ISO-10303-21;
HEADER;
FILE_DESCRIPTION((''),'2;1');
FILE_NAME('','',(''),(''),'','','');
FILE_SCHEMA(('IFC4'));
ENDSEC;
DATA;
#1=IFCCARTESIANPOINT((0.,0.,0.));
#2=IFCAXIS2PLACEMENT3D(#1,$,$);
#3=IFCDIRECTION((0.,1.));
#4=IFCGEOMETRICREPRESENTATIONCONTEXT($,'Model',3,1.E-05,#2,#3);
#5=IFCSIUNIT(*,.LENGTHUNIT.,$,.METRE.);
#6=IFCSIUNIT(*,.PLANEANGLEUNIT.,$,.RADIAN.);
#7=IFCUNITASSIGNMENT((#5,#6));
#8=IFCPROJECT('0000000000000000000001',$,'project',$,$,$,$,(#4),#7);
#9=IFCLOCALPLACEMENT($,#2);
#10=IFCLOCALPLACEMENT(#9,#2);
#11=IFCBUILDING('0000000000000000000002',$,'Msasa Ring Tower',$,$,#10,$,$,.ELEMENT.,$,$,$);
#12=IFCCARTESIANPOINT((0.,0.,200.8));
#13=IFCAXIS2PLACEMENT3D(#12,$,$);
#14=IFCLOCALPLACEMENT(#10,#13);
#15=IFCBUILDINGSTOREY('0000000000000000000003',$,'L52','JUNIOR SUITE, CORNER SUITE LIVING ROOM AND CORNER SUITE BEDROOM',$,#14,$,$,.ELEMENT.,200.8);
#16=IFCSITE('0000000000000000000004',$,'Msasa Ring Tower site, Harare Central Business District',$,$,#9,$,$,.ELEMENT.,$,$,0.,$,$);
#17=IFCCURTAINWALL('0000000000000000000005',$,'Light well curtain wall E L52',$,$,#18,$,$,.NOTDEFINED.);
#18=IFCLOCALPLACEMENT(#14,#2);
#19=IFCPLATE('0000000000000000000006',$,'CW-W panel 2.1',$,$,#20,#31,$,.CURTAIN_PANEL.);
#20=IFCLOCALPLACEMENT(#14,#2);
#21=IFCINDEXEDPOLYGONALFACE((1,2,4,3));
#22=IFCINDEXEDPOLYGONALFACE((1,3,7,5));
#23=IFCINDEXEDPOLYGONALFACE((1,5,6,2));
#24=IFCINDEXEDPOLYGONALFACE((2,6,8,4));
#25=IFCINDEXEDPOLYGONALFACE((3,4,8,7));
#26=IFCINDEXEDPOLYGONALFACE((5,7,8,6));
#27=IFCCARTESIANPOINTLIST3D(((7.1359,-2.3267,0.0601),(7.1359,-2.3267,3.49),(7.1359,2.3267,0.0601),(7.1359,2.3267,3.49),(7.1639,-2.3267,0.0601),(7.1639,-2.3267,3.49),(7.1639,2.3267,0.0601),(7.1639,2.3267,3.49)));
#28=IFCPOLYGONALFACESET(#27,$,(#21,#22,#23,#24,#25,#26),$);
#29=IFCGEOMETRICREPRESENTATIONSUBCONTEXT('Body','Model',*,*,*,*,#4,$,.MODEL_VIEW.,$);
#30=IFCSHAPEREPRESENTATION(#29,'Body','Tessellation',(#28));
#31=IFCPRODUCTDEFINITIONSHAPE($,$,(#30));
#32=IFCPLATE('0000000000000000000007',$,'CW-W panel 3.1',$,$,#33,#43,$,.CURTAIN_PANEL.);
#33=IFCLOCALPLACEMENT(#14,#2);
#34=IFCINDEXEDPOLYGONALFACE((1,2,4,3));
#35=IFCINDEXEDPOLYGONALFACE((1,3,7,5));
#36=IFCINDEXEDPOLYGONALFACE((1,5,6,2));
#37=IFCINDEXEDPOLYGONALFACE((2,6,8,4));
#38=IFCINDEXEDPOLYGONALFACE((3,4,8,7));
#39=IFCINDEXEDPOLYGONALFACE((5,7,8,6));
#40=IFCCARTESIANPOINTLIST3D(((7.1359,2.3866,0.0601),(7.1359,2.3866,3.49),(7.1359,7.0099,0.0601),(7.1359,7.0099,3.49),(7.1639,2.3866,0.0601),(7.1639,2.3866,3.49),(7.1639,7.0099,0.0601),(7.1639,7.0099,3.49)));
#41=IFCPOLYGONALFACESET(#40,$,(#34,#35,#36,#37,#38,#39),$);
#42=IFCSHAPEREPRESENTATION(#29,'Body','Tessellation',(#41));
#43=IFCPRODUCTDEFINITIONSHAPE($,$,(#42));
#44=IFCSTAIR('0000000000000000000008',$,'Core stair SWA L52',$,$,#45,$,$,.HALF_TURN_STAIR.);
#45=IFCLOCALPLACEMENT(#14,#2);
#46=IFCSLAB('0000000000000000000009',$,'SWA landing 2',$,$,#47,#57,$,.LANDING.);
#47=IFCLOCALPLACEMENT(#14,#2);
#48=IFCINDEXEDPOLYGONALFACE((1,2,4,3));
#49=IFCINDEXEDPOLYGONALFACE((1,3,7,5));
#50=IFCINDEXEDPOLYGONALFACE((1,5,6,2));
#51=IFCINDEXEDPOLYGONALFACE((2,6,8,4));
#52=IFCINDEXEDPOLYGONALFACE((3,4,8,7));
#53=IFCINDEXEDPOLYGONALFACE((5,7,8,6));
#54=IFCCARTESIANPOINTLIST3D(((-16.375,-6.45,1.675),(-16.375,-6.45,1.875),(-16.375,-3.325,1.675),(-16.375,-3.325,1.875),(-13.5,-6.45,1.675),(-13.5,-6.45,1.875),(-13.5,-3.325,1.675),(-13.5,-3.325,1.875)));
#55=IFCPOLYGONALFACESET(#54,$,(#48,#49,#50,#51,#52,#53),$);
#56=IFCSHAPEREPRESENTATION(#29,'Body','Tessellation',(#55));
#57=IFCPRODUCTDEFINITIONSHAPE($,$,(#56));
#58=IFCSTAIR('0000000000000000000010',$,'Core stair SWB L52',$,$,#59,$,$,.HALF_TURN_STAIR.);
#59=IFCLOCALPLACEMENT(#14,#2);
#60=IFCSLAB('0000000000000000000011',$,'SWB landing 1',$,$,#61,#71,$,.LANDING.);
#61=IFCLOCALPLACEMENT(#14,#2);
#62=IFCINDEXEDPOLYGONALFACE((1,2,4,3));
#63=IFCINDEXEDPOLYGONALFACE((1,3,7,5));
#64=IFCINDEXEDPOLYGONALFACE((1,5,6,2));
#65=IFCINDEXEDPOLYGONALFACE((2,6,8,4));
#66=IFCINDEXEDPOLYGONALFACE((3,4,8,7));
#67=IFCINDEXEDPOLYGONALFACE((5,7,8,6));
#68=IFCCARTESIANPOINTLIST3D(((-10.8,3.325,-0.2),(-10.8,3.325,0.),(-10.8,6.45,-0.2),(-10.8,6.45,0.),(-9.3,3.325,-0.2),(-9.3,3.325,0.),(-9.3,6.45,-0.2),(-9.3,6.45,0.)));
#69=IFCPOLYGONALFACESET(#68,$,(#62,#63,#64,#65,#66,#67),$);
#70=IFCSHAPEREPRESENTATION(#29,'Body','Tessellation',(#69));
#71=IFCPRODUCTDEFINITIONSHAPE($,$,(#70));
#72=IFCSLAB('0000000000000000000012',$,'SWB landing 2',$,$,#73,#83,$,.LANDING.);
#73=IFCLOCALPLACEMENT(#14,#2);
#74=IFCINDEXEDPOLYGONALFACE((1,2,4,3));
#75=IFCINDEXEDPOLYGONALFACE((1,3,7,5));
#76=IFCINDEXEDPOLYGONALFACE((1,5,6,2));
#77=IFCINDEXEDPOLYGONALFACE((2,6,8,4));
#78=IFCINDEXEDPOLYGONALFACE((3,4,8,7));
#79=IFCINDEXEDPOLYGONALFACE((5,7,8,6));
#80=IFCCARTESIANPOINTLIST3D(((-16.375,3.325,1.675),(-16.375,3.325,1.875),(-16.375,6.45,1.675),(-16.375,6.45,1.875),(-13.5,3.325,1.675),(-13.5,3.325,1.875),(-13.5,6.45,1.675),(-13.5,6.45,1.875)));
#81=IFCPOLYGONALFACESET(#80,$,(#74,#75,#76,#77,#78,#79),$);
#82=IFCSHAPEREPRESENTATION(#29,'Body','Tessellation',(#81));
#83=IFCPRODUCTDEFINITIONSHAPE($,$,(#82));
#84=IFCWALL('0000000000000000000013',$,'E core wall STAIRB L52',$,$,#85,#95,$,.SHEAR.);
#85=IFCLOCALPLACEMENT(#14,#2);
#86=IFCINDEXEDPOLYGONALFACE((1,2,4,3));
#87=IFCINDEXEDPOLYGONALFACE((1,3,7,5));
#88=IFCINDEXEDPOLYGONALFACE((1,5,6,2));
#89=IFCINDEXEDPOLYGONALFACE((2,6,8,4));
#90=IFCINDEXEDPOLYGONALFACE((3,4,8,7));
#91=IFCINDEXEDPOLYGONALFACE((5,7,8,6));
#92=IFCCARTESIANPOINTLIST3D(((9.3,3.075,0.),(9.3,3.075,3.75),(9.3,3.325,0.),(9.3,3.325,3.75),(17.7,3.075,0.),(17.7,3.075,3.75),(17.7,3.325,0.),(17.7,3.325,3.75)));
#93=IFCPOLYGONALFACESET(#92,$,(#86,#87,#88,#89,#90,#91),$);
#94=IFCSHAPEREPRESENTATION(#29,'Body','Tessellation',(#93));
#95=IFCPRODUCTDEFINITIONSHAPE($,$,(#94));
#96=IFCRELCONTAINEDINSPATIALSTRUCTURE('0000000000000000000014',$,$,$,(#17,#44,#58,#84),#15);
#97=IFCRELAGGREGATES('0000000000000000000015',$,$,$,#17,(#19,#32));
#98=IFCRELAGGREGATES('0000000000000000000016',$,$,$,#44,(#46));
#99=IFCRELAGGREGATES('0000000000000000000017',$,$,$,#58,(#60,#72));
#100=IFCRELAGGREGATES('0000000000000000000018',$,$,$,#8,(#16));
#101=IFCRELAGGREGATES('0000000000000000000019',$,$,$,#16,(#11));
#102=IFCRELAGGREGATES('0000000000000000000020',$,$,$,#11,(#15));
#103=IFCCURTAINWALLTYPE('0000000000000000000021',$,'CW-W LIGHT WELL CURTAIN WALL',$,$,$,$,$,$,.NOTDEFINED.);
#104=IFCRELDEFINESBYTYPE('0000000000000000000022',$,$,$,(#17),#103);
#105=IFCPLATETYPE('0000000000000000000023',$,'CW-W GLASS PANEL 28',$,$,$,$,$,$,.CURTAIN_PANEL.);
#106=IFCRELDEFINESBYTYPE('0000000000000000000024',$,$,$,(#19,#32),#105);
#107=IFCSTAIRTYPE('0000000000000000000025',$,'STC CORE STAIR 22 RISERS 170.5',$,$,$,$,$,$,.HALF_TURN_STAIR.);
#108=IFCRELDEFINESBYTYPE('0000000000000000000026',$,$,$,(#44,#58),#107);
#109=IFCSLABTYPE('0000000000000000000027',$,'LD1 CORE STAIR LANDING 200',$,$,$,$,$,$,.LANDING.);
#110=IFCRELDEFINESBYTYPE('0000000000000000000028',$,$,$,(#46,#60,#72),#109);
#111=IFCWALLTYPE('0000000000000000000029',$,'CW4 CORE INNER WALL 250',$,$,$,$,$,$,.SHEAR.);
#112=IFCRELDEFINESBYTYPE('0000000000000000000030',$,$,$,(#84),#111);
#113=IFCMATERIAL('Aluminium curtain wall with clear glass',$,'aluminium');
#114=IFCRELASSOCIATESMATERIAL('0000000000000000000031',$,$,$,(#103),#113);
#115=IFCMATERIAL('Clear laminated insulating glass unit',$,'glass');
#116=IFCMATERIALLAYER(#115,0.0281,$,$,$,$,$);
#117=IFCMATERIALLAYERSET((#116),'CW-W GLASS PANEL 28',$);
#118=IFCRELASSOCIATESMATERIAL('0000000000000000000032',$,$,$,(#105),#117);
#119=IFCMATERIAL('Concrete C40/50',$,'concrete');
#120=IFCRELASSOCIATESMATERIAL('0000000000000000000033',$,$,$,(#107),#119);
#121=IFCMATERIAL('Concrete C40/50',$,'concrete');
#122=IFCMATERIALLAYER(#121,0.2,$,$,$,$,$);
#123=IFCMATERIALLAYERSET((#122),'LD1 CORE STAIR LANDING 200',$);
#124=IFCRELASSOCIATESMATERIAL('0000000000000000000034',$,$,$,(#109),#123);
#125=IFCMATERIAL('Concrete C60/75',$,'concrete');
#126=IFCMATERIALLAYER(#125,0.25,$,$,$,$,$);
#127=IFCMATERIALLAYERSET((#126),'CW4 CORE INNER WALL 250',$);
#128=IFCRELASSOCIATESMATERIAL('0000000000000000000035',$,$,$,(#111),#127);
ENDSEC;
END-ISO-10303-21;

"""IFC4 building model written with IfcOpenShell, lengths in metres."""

from ifc_helpers import new_model, si_unit, direction, frame, frame_2d, origin, origin_2d, place, context, subcontext, project, spatial, polyline, rectangle, outline, extrude, material, layer, layer_set, type_object, element, aggregate, save


model = new_model("IFC4")

# Units and contexts
model_context = context("Model", 3, precision=1e-05, world=origin(), true_north=direction((0.0, 1.0)))
body_context = subcontext(model_context, "Body", "Model", "MODEL_VIEW")
ifc_project = project(units=[si_unit("LENGTHUNIT", "METRE"), si_unit("PLANEANGLEUNIT", "RADIAN")], contexts=[model_context])

# Site, building, storey
site_placement = place(None, origin())
site = spatial("IfcSite", under=ifc_project, at=site_placement, Name="Msasa Ring Tower site, Harare Central Business District", CompositionType="ELEMENT", RefElevation=0.0)
building_placement = place(site_placement, origin())
building = spatial("IfcBuilding", under=site, at=building_placement, Name="Msasa Ring Tower", CompositionType="ELEMENT")
storey_placement = place(building_placement, frame((0.0, 0.0, 200.8)))
storey = spatial("IfcBuildingStorey", under=building, at=storey_placement, Name="L52", Description="JUNIOR SUITE, CORNER SUITE LIVING ROOM AND CORNER SUITE BEDROOM", CompositionType="ELEMENT", Elevation=200.8)

# Curtain wall
ifc_material_1 = material(Name="Aluminium curtain wall with clear glass", Category="aluminium")
curtain_wall_type = type_object("IfcCurtainWallType", Name="CW-W LIGHT WELL CURTAIN WALL", PredefinedType="NOTDEFINED", material=ifc_material_1)
curtain_wall_placement = place(storey_placement, origin())
curtain_wall = element("IfcCurtainWall", 1, at=curtain_wall_placement, inside=storey, type_object=curtain_wall_type, Name="Light well curtain wall E L52", PredefinedType="NOTDEFINED")

# Plates
ifc_material_2 = material(Name="Clear laminated insulating glass unit", Category="glass")
ifc_layer_1 = layer(ifc_material_2, 0.0281)
ifc_layer_set_1 = layer_set([ifc_layer_1], Name="CW-W GLASS PANEL 28")
plate_type = type_object("IfcPlateType", Name="CW-W GLASS PANEL 28", PredefinedType="CURTAIN_PANEL", material=ifc_layer_set_1)
plate_1_placement = place(storey_placement, frame((7.1499, 0.0, 0.0601), z_axis=(0.0, 0.0, 1.0), x_axis=(0.0, 1.0, 0.0)))
plate_1 = element("IfcPlate", 2, at=plate_1_placement, type_object=plate_type, Name="CW-W panel 2.1", PredefinedType="CURTAIN_PANEL", context=body_context, shape_type="SweptSolid", body=[
    extrude(rectangle(XDim=4.6533, YDim=0.0281, at=origin_2d()), origin(), (0.0, 0.0, 1.0), 3.4299),
])
plate_2_placement = place(storey_placement, frame((7.1499, 4.6982, 0.0601), z_axis=(0.0, 0.0, 1.0), x_axis=(0.0, 1.0, 0.0)))
plate_2 = element("IfcPlate", 3, at=plate_2_placement, type_object=plate_type, Name="CW-W panel 3.1", PredefinedType="CURTAIN_PANEL", context=body_context, shape_type="SweptSolid", body=[
    extrude(rectangle(XDim=4.6233, YDim=0.0281, at=origin_2d()), origin(), (0.0, 0.0, 1.0), 3.4299),
])
aggregate(curtain_wall, [plate_1, plate_2])

# Stair, slab
ifc_material_3 = material(Name="Concrete C40/50", Category="concrete")
stair_type = type_object("IfcStairType", Name="STC CORE STAIR 22 RISERS 170.5", PredefinedType="HALF_TURN_STAIR", material=ifc_material_3)
stair_1_placement = place(storey_placement, origin())
stair_1 = element("IfcStair", 4, at=stair_1_placement, inside=storey, type_object=stair_type, Name="Core stair SWA L52", PredefinedType="HALF_TURN_STAIR")
ifc_material_4 = material(Name="Concrete C40/50", Category="concrete")
ifc_layer_2 = layer(ifc_material_4, 0.2)
ifc_layer_set_2 = layer_set([ifc_layer_2], Name="LD1 CORE STAIR LANDING 200")
slab_type = type_object("IfcSlabType", Name="LD1 CORE STAIR LANDING 200", PredefinedType="LANDING", material=ifc_layer_set_2)
slab_1_placement = place(storey_placement, frame((0.0, 0.0, 1.675)))
slab_1 = element("IfcSlab", 5, at=slab_1_placement, type_object=slab_type, Name="SWA landing 2", PredefinedType="LANDING", context=body_context, shape_type="SweptSolid", body=[
    extrude(outline(polyline([(-16.375, -6.45), (-13.5, -6.45), (-13.5, -3.325), (-16.375, -3.325), (-16.375, -6.45)])), origin(), (0.0, 0.0, 1.0), 0.2),
])
aggregate(stair_1, [slab_1])

# Stair, slabs
stair_2_placement = place(storey_placement, origin())
stair_2 = element("IfcStair", 6, at=stair_2_placement, inside=storey, type_object=stair_type, Name="Core stair SWB L52", PredefinedType="HALF_TURN_STAIR")
slab_2_placement = place(storey_placement, frame((0.0, 0.0, -0.2)))
slab_2 = element("IfcSlab", 7, at=slab_2_placement, type_object=slab_type, Name="SWB landing 1", PredefinedType="LANDING", context=body_context, shape_type="SweptSolid", body=[
    extrude(outline(polyline([(-10.8, 3.325), (-9.3, 3.325), (-9.3, 6.45), (-10.8, 6.45), (-10.8, 3.325)])), origin(), (0.0, 0.0, 1.0), 0.2),
])
slab_3_placement = place(storey_placement, frame((0.0, 0.0, 1.675)))
slab_3 = element("IfcSlab", 8, at=slab_3_placement, type_object=slab_type, Name="SWB landing 2", PredefinedType="LANDING", context=body_context, shape_type="SweptSolid", body=[
    extrude(outline(polyline([(-16.375, 3.325), (-13.5, 3.325), (-13.5, 6.45), (-16.375, 6.45), (-16.375, 3.325)])), origin(), (0.0, 0.0, 1.0), 0.2),
])
aggregate(stair_2, [slab_2, slab_3])

# Wall
ifc_material_5 = material(Name="Concrete C60/75", Category="concrete")
ifc_layer_3 = layer(ifc_material_5, 0.25)
ifc_layer_set_3 = layer_set([ifc_layer_3], Name="CW4 CORE INNER WALL 250")
wall_type = type_object("IfcWallType", Name="CW4 CORE INNER WALL 250", PredefinedType="SHEAR", material=ifc_layer_set_3)
wall_placement = place(storey_placement, frame((9.3, 3.2, 0.0), z_axis=(0.0, 0.0, 1.0), x_axis=(1.0, 0.0, 0.0)))
element("IfcWall", 9, at=wall_placement, inside=storey, type_object=wall_type, Name="E core wall STAIRB L52", PredefinedType="SHEAR", context=body_context, shape_type="SweptSolid", body=[
    extrude(rectangle(XDim=8.3999, YDim=0.25, at=frame_2d((4.2, 0.0))), origin(), (0.0, 0.0, 1.0), 3.75),
])

save(model, "model.ifc")
